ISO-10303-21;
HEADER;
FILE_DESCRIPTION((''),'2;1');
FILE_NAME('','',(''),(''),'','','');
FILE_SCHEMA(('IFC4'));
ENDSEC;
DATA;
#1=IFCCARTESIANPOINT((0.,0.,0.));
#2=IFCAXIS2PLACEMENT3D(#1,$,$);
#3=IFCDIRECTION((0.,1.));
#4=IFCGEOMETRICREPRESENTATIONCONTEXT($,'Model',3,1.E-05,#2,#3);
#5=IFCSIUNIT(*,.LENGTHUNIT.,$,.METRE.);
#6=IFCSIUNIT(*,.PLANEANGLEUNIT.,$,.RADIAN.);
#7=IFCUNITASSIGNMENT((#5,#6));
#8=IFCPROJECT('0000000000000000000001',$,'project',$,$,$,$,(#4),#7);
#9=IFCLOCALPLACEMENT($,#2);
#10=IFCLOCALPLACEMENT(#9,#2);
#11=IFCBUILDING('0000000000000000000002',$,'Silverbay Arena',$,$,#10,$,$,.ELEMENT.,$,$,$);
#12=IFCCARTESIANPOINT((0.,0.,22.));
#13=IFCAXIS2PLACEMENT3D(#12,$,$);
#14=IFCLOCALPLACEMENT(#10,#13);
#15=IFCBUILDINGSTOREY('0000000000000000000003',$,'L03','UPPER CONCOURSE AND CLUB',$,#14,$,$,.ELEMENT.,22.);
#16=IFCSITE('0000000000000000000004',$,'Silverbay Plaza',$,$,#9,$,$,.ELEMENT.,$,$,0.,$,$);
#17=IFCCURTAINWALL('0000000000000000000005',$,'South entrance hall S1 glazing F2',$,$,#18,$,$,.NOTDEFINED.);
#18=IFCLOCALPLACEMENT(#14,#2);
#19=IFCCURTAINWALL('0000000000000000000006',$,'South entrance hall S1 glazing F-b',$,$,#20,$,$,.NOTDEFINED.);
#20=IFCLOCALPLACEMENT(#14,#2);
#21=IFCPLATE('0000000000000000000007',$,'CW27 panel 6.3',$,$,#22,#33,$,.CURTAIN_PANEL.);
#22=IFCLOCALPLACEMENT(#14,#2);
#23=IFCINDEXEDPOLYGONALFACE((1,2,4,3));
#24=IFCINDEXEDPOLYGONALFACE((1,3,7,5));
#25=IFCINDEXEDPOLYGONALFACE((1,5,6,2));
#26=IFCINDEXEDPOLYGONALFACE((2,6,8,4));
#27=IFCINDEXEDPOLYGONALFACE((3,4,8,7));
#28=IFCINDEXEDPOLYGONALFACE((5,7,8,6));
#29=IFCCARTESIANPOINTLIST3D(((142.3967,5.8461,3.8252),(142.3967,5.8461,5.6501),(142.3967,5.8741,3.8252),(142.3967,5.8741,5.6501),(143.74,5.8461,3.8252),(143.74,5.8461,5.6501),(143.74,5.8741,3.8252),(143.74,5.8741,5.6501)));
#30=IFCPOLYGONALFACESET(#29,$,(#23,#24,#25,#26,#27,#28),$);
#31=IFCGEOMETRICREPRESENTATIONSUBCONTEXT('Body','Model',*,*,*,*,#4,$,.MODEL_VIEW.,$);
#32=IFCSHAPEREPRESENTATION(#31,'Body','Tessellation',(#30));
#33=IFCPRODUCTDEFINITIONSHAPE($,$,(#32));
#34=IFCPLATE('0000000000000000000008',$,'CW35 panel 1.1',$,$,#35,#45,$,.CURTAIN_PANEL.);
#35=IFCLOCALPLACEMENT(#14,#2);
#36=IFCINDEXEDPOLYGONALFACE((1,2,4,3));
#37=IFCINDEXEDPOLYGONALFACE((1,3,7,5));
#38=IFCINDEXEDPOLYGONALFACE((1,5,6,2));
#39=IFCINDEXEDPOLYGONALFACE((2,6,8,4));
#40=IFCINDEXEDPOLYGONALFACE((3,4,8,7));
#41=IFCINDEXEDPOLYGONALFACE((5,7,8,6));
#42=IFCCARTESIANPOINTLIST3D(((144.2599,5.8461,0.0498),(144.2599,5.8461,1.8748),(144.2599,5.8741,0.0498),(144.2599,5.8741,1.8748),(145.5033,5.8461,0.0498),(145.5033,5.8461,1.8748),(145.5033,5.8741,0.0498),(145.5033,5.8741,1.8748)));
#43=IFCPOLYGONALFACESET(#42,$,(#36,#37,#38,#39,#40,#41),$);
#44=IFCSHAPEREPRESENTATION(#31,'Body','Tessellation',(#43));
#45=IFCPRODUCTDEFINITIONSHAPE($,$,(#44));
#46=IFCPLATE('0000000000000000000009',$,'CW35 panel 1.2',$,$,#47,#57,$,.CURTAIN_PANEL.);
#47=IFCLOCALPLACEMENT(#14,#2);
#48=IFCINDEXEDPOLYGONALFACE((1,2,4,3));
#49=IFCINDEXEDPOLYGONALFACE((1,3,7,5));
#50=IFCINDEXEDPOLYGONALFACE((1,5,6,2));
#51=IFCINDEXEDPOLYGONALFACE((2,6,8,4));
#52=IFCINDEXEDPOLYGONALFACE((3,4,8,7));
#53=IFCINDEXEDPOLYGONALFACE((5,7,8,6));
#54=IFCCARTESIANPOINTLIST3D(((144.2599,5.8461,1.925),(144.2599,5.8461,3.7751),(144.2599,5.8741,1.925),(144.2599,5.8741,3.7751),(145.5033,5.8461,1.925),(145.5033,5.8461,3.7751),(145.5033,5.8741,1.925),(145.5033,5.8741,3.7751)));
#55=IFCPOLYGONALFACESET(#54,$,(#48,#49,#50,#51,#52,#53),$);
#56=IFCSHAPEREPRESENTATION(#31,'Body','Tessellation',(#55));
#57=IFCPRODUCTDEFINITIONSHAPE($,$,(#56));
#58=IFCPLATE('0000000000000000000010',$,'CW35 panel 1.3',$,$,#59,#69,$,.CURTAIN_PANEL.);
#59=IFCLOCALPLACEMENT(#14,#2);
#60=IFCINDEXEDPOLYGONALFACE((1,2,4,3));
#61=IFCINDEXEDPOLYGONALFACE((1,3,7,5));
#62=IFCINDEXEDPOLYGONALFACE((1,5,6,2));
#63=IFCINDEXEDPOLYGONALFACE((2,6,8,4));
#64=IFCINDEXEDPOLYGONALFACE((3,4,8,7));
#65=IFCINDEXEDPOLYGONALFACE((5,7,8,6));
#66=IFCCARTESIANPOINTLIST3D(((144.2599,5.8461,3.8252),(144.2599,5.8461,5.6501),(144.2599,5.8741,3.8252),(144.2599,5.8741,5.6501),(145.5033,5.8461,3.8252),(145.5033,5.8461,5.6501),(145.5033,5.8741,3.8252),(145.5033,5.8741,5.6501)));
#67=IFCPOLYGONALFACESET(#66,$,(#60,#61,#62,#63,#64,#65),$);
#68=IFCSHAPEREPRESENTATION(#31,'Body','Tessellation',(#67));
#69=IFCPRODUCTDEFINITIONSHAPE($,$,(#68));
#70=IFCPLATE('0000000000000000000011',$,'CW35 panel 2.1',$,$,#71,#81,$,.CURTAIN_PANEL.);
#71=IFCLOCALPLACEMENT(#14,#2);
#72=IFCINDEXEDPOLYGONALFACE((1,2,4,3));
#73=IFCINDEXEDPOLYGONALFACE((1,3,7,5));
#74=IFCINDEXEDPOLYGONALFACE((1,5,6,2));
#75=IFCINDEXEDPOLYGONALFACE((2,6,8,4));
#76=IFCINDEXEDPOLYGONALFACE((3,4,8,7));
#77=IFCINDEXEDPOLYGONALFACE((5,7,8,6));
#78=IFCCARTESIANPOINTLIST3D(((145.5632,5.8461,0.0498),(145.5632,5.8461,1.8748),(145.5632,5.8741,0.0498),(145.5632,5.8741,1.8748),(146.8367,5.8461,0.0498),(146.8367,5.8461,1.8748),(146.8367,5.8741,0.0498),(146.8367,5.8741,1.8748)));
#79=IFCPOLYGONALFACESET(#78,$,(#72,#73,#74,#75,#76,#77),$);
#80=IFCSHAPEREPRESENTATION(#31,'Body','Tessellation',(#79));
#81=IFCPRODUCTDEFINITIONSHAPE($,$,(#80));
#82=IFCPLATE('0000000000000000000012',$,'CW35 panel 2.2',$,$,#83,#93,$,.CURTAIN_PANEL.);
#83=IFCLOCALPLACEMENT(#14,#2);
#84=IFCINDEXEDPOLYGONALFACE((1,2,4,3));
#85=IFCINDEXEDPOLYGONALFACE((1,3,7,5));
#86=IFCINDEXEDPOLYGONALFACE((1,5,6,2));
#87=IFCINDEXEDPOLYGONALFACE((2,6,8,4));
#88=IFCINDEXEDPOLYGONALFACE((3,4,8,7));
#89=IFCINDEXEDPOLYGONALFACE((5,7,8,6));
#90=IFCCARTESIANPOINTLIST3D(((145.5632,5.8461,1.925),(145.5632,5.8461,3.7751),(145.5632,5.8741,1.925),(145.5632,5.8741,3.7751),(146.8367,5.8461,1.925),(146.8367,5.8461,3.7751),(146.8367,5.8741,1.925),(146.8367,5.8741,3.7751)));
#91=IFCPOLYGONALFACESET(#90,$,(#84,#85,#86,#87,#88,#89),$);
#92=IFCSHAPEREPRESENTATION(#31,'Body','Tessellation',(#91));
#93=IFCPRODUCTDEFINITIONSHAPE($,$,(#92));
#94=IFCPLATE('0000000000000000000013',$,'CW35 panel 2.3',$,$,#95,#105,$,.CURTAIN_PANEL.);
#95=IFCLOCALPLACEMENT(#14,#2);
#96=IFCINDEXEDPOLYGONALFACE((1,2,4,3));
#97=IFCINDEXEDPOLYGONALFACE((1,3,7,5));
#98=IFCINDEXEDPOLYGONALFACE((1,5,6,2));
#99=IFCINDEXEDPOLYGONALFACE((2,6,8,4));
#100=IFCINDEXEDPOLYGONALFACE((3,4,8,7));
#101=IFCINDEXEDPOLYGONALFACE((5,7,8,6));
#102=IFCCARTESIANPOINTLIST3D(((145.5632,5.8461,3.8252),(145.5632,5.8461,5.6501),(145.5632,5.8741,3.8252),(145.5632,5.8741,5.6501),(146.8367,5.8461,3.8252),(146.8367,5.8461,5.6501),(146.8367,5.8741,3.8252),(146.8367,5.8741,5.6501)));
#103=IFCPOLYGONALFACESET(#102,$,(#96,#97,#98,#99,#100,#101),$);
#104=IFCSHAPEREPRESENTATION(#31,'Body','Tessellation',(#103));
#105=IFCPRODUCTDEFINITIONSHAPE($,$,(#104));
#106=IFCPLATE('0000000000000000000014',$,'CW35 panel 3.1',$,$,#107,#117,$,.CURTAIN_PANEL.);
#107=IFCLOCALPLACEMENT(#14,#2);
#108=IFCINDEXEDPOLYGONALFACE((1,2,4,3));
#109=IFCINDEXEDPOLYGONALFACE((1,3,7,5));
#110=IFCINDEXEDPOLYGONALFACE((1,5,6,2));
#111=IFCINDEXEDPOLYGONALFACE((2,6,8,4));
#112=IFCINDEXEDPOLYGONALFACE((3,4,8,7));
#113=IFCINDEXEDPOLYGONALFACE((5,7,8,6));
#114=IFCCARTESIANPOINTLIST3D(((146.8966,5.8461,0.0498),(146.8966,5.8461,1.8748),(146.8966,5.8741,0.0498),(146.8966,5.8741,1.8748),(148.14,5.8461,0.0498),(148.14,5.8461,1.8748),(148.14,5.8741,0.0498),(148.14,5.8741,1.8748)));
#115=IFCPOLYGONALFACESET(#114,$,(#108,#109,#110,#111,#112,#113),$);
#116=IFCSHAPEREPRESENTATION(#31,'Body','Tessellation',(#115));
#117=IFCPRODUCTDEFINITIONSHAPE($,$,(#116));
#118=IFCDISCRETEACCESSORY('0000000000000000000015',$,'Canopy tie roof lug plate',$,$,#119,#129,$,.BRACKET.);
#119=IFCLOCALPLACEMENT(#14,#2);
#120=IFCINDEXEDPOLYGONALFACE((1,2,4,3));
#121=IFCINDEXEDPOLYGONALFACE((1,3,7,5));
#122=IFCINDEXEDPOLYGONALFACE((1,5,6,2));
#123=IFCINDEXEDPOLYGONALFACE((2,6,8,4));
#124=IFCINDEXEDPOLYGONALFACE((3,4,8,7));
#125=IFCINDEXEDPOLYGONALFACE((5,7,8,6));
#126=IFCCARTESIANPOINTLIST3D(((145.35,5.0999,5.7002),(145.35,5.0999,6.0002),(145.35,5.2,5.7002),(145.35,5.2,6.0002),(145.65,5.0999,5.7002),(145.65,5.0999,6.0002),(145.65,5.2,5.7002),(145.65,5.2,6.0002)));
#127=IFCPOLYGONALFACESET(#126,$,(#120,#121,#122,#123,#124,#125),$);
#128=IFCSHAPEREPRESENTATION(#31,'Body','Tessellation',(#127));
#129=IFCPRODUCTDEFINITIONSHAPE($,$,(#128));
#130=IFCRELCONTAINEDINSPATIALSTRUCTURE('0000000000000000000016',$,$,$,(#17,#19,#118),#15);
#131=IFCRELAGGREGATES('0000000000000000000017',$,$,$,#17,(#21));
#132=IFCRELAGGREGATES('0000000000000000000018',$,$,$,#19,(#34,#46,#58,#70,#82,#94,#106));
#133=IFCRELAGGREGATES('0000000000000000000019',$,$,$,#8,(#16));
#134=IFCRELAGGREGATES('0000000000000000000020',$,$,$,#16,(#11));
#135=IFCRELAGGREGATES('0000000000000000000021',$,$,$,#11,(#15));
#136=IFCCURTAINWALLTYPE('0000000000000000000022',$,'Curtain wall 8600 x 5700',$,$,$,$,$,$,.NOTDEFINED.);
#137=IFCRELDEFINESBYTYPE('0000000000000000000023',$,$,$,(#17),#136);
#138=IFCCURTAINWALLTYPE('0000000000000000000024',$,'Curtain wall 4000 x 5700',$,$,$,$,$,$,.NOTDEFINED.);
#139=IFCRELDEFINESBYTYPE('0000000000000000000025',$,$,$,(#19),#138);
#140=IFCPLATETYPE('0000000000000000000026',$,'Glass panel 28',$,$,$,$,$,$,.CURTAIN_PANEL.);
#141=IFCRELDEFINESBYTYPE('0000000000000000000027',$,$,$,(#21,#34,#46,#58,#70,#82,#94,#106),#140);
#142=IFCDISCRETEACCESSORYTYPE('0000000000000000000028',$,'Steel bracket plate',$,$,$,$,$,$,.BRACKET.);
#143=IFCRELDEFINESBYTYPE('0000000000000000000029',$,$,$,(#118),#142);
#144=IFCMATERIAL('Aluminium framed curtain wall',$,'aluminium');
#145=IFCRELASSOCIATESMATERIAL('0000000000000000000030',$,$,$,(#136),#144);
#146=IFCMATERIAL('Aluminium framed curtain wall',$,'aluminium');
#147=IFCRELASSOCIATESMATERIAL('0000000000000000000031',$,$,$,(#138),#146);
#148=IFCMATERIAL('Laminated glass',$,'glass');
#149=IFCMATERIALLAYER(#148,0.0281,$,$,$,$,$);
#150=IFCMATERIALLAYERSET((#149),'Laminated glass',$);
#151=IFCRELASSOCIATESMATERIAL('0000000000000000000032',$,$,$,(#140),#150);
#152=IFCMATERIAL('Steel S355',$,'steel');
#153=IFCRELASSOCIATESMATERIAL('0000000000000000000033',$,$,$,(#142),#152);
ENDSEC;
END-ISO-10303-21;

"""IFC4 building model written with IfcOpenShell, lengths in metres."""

from ifc_helpers import new_model, si_unit, direction, frame, origin, origin_2d, place, context, subcontext, project, spatial, rectangle, extrude, material, layer, layer_set, type_object, element, aggregate, save


model = new_model("IFC4")

# Units and contexts
model_context = context("Model", 3, precision=1e-05, world=origin(), true_north=direction((0.0, 1.0)))
body_context = subcontext(model_context, "Body", "Model", "MODEL_VIEW")
ifc_project = project(units=[si_unit("LENGTHUNIT", "METRE"), si_unit("PLANEANGLEUNIT", "RADIAN")], contexts=[model_context])

# Site, building, storey
site_placement = place(None, origin())
site = spatial("IfcSite", under=ifc_project, at=site_placement, Name="Silverbay Plaza", CompositionType="ELEMENT", RefElevation=0.0)
building_placement = place(site_placement, origin())
building = spatial("IfcBuilding", under=site, at=building_placement, Name="Silverbay Arena", CompositionType="ELEMENT")
storey_placement = place(building_placement, frame((0.0, 0.0, 22.0)))
storey = spatial("IfcBuildingStorey", under=building, at=storey_placement, Name="L03", Description="UPPER CONCOURSE AND CLUB", CompositionType="ELEMENT", Elevation=22.0)

# Curtain walls
ifc_material_1 = material(Name="Aluminium framed curtain wall", Category="aluminium")
curtain_wall_type_1 = type_object("IfcCurtainWallType", Name="Curtain wall 8600 x 5700", PredefinedType="NOTDEFINED", material=ifc_material_1)
curtain_wall_1_placement = place(storey_placement, origin())
curtain_wall_1 = element("IfcCurtainWall", 1, at=curtain_wall_1_placement, inside=storey, type_object=curtain_wall_type_1, Name="South entrance hall S1 glazing F2", PredefinedType="NOTDEFINED")
ifc_material_2 = material(Name="Aluminium framed curtain wall", Category="aluminium")
curtain_wall_type_2 = type_object("IfcCurtainWallType", Name="Curtain wall 4000 x 5700", PredefinedType="NOTDEFINED", material=ifc_material_2)
curtain_wall_2_placement = place(storey_placement, origin())
curtain_wall_2 = element("IfcCurtainWall", 2, at=curtain_wall_2_placement, inside=storey, type_object=curtain_wall_type_2, Name="South entrance hall S1 glazing F-b", PredefinedType="NOTDEFINED")

# Plates
ifc_material_3 = material(Name="Laminated glass", Category="glass")
ifc_layer = layer(ifc_material_3, 0.0281)
ifc_layer_set = layer_set([ifc_layer], Name="Laminated glass")
plate_type = type_object("IfcPlateType", Name="Glass panel 28", PredefinedType="CURTAIN_PANEL", material=ifc_layer_set)
plate_1_placement = place(storey_placement, frame((143.0684, 5.8601, 3.8252), z_axis=(0.0, 0.0, 1.0), x_axis=(1.0, 0.0, 0.0)))
plate_1 = element("IfcPlate", 3, at=plate_1_placement, type_object=plate_type, Name="CW27 panel 6.3", PredefinedType="CURTAIN_PANEL", context=body_context, shape_type="SweptSolid", body=[
    extrude(rectangle(XDim=1.3433, YDim=0.0281, at=origin_2d()), origin(), (0.0, 0.0, 1.0), 1.825),
])
aggregate(curtain_wall_1, [plate_1])
plate_2_placement = place(storey_placement, frame((144.8816, 5.8601, 0.0498), z_axis=(0.0, 0.0, 1.0), x_axis=(1.0, 0.0, 0.0)))
plate_2 = element("IfcPlate", 4, at=plate_2_placement, type_object=plate_type, Name="CW35 panel 1.1", PredefinedType="CURTAIN_PANEL", context=body_context, shape_type="SweptSolid", body=[
    extrude(rectangle(XDim=1.2434, YDim=0.0281, at=origin_2d()), origin(), (0.0, 0.0, 1.0), 1.825),
])
plate_3_placement = place(storey_placement, frame((144.8816, 5.8601, 1.925), z_axis=(0.0, 0.0, 1.0), x_axis=(1.0, 0.0, 0.0)))
plate_3 = element("IfcPlate", 5, at=plate_3_placement, type_object=plate_type, Name="CW35 panel 1.2", PredefinedType="CURTAIN_PANEL", context=body_context, shape_type="SweptSolid", body=[
    extrude(rectangle(XDim=1.2434, YDim=0.0281, at=origin_2d()), origin(), (0.0, 0.0, 1.0), 1.8501),
])
plate_4_placement = place(storey_placement, frame((144.8816, 5.8601, 3.8252), z_axis=(0.0, 0.0, 1.0), x_axis=(1.0, 0.0, 0.0)))
plate_4 = element("IfcPlate", 6, at=plate_4_placement, type_object=plate_type, Name="CW35 panel 1.3", PredefinedType="CURTAIN_PANEL", context=body_context, shape_type="SweptSolid", body=[
    extrude(rectangle(XDim=1.2434, YDim=0.0281, at=origin_2d()), origin(), (0.0, 0.0, 1.0), 1.825),
])
plate_5_placement = place(storey_placement, frame((146.2, 5.8601, 0.0498), z_axis=(0.0, 0.0, 1.0), x_axis=(1.0, 0.0, 0.0)))
plate_5 = element("IfcPlate", 7, at=plate_5_placement, type_object=plate_type, Name="CW35 panel 2.1", PredefinedType="CURTAIN_PANEL", context=body_context, shape_type="SweptSolid", body=[
    extrude(rectangle(XDim=1.2734, YDim=0.0281, at=origin_2d()), origin(), (0.0, 0.0, 1.0), 1.825),
])
plate_6_placement = place(storey_placement, frame((146.2, 5.8601, 1.925), z_axis=(0.0, 0.0, 1.0), x_axis=(1.0, 0.0, 0.0)))
plate_6 = element("IfcPlate", 8, at=plate_6_placement, type_object=plate_type, Name="CW35 panel 2.2", PredefinedType="CURTAIN_PANEL", context=body_context, shape_type="SweptSolid", body=[
    extrude(rectangle(XDim=1.2734, YDim=0.0281, at=origin_2d()), origin(), (0.0, 0.0, 1.0), 1.8501),
])
plate_7_placement = place(storey_placement, frame((146.2, 5.8601, 3.8252), z_axis=(0.0, 0.0, 1.0), x_axis=(1.0, 0.0, 0.0)))
plate_7 = element("IfcPlate", 9, at=plate_7_placement, type_object=plate_type, Name="CW35 panel 2.3", PredefinedType="CURTAIN_PANEL", context=body_context, shape_type="SweptSolid", body=[
    extrude(rectangle(XDim=1.2734, YDim=0.0281, at=origin_2d()), origin(), (0.0, 0.0, 1.0), 1.825),
])
plate_8_placement = place(storey_placement, frame((147.5183, 5.8601, 0.0498), z_axis=(0.0, 0.0, 1.0), x_axis=(1.0, 0.0, 0.0)))
plate_8 = element("IfcPlate", 10, at=plate_8_placement, type_object=plate_type, Name="CW35 panel 3.1", PredefinedType="CURTAIN_PANEL", context=body_context, shape_type="SweptSolid", body=[
    extrude(rectangle(XDim=1.2434, YDim=0.0281, at=origin_2d()), origin(), (0.0, 0.0, 1.0), 1.825),
])
aggregate(curtain_wall_2, [plate_2, plate_3, plate_4, plate_5, plate_6, plate_7, plate_8])

# Discrete accessory
ifc_material_4 = material(Name="Steel S355", Category="steel")
discrete_accessory_type = type_object("IfcDiscreteAccessoryType", Name="Steel bracket plate", PredefinedType="BRACKET", material=ifc_material_4)
discrete_accessory_placement = place(storey_placement, frame((145.5, 5.1499, 5.7002), z_axis=(0.0, 0.0, 1.0), x_axis=(1.0, 0.0, 0.0)))
element("IfcDiscreteAccessory", 11, at=discrete_accessory_placement, inside=storey, type_object=discrete_accessory_type, Name="Canopy tie roof lug plate", PredefinedType="BRACKET", context=body_context, shape_type="SweptSolid", body=[
    extrude(rectangle(XDim=0.3, YDim=0.1001, at=origin_2d()), origin(), (0.0, 0.0, 1.0), 0.3),
])

save(model, "model.ifc")
